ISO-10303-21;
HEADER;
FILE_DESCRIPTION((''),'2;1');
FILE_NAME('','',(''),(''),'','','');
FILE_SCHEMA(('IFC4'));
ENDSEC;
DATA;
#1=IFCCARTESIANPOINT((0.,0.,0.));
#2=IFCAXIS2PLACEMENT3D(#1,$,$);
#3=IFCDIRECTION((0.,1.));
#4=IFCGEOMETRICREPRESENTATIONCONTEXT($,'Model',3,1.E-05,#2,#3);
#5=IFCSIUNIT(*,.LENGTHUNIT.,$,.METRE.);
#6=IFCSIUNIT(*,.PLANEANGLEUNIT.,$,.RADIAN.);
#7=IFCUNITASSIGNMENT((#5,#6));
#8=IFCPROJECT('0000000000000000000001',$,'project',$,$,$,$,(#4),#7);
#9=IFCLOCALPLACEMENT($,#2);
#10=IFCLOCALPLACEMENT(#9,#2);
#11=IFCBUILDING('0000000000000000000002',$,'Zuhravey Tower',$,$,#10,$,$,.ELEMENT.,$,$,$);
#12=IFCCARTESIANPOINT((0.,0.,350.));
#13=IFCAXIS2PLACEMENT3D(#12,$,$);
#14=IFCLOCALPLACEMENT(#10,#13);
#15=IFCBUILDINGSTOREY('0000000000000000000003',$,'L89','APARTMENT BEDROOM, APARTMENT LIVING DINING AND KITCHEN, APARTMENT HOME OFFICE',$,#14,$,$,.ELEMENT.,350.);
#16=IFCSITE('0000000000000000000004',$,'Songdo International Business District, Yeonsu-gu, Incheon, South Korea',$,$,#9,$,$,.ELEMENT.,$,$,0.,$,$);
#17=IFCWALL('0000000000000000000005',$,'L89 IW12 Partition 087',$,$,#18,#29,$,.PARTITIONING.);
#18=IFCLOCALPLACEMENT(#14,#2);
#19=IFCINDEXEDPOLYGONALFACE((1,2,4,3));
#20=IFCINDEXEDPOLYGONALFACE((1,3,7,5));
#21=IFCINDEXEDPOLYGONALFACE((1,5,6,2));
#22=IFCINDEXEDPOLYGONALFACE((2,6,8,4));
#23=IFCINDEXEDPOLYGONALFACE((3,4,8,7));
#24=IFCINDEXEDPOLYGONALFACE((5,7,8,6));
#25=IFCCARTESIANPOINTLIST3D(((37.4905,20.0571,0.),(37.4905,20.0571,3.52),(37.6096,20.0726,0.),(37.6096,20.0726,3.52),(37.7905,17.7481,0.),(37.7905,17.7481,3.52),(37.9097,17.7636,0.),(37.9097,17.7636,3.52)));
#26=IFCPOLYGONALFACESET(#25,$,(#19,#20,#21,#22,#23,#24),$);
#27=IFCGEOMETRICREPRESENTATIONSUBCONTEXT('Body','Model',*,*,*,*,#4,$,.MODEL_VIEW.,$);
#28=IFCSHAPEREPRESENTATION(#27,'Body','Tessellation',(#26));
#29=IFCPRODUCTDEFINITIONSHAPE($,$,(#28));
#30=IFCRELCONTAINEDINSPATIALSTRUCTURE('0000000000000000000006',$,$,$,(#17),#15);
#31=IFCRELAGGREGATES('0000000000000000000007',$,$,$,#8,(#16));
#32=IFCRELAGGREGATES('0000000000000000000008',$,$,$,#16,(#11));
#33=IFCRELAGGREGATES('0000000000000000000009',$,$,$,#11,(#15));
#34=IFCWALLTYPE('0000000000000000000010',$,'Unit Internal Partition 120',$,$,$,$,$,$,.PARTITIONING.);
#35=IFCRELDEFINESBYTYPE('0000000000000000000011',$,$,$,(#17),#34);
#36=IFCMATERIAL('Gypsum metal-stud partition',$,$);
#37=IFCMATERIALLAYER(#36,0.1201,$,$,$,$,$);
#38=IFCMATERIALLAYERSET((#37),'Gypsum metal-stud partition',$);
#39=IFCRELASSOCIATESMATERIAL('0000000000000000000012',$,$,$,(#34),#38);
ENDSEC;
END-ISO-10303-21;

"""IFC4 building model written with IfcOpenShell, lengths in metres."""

from ifc_helpers import new_model, si_unit, direction, frame, frame_2d, origin, place, context, subcontext, project, spatial, rectangle, extrude, material, layer, layer_set, type_object, element, save


model = new_model("IFC4")

# Units and contexts
model_context = context("Model", 3, precision=1e-05, world=origin(), true_north=direction((0.0, 1.0)))
body_context = subcontext(model_context, "Body", "Model", "MODEL_VIEW")
ifc_project = project(units=[si_unit("LENGTHUNIT", "METRE"), si_unit("PLANEANGLEUNIT", "RADIAN")], contexts=[model_context])

# Site, building, storey
site_placement = place(None, origin())
site = spatial("IfcSite", under=ifc_project, at=site_placement, Name="Songdo International Business District, Yeonsu-gu, Incheon, South Korea", CompositionType="ELEMENT", RefElevation=0.0)
building_placement = place(site_placement, origin())
building = spatial("IfcBuilding", under=site, at=building_placement, Name="Zuhravey Tower", CompositionType="ELEMENT")
storey_placement = place(building_placement, frame((0.0, 0.0, 350.0)))
storey = spatial("IfcBuildingStorey", under=building, at=storey_placement, Name="L89", Description="APARTMENT BEDROOM, APARTMENT LIVING DINING AND KITCHEN, APARTMENT HOME OFFICE", CompositionType="ELEMENT", Elevation=350.0)

# Wall
ifc_material_1 = material(Name="Gypsum metal-stud partition")
ifc_layer_1 = layer(ifc_material_1, 0.1201)
ifc_layer_set_1 = layer_set([ifc_layer_1], Name="Gypsum metal-stud partition")
wall_type_1 = type_object("IfcWallType", Name="Unit Internal Partition 120", PredefinedType="PARTITIONING", material=ifc_layer_set_1)
wall_1_placement = place(storey_placement, frame((37.55, 20.0647, 0.0), z_axis=(0.0, 0.0, 1.0), x_axis=(0.128873, -0.991661, 0.0)))
element("IfcWall", 1, at=wall_1_placement, inside=storey, type_object=wall_type_1, Name="L89 IW12 Partition 087", PredefinedType="PARTITIONING", context=body_context, shape_type="SweptSolid", body=[
    extrude(rectangle(XDim=2.3284, YDim=0.1201, at=frame_2d((1.1641, 0.0))), origin(), (0.0, 0.0, 1.0), 3.52),
])

save(model, "model.ifc")
